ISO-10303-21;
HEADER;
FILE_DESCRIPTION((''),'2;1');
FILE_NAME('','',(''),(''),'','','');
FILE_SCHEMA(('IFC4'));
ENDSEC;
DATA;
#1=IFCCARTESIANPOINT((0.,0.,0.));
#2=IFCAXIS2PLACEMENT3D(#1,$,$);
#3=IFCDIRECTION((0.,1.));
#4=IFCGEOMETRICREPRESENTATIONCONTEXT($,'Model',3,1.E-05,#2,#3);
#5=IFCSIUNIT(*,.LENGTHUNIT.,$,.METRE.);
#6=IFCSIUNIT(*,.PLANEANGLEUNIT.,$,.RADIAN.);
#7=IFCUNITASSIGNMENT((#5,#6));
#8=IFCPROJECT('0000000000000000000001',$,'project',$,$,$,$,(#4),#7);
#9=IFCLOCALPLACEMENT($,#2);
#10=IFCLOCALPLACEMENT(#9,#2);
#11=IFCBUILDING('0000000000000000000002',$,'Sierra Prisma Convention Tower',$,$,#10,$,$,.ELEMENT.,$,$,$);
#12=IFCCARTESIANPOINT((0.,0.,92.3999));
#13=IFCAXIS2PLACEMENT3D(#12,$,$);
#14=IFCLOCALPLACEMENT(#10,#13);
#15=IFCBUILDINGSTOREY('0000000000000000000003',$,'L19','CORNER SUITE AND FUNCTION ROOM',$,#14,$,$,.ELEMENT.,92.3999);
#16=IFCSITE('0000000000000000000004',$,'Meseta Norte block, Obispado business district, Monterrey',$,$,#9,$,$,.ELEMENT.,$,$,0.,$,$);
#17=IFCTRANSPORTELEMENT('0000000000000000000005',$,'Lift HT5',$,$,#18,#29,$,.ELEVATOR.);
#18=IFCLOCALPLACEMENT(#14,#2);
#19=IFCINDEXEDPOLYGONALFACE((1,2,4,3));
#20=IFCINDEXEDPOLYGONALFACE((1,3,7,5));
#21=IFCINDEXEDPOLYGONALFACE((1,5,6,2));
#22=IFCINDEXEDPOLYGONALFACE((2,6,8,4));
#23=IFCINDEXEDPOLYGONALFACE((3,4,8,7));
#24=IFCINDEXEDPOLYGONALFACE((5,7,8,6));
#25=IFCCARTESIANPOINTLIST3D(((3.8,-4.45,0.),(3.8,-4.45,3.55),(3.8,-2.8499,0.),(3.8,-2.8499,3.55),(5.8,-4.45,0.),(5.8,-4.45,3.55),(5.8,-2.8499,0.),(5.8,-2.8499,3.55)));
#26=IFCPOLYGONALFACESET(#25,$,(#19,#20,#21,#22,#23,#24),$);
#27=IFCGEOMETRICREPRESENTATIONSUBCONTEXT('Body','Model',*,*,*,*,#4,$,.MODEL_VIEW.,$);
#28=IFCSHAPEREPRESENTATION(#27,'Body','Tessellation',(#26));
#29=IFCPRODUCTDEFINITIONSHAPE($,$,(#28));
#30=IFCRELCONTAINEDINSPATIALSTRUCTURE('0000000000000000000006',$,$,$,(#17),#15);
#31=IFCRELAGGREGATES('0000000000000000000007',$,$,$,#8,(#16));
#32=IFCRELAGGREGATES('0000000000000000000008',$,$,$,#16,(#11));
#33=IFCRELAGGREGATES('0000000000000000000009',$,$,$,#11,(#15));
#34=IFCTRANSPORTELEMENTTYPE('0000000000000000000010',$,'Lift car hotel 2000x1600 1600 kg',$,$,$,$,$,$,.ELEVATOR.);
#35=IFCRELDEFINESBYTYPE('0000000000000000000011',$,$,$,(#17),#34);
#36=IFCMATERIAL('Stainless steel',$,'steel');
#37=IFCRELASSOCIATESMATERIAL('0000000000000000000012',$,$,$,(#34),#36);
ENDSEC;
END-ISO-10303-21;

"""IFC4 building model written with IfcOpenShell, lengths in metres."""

from ifc_helpers import new_model, si_unit, direction, frame, origin, origin_2d, place, context, subcontext, project, spatial, rectangle, extrude, material, type_object, element, save


model = new_model("IFC4")

# Units and contexts
model_context = context("Model", 3, precision=1e-05, world=origin(), true_north=direction((0.0, 1.0)))
body_context = subcontext(model_context, "Body", "Model", "MODEL_VIEW")
ifc_project = project(units=[si_unit("LENGTHUNIT", "METRE"), si_unit("PLANEANGLEUNIT", "RADIAN")], contexts=[model_context])

# Site, building, storey
site_placement = place(None, origin())
site = spatial("IfcSite", under=ifc_project, at=site_placement, Name="Meseta Norte block, Obispado business district, Monterrey", CompositionType="ELEMENT", RefElevation=0.0)
building_placement = place(site_placement, origin())
building = spatial("IfcBuilding", under=site, at=building_placement, Name="Sierra Prisma Convention Tower", CompositionType="ELEMENT")
storey_placement = place(building_placement, frame((0.0, 0.0, 92.3999)))
storey = spatial("IfcBuildingStorey", under=building, at=storey_placement, Name="L19", Description="CORNER SUITE AND FUNCTION ROOM", CompositionType="ELEMENT", Elevation=92.3999)

# Transport element
ifc_material_1 = material(Name="Stainless steel", Category="steel")
transport_element_type = type_object("IfcTransportElementType", Name="Lift car hotel 2000x1600 1600 kg", PredefinedType="ELEVATOR", material=ifc_material_1)
for number, where, z_axis, x_axis, name in (
    (1, (4.8, -3.6499, 0.0), (0.0, 0.0, 1.0), (1.0, 0.0, 0.0), "Lift HT5"),
):
    element("IfcTransportElement", number, at=place(storey_placement, frame(where, z_axis=z_axis, x_axis=x_axis)), inside=storey, type_object=transport_element_type, Name=name, PredefinedType="ELEVATOR", context=body_context, shape_type="SweptSolid", body=[
        extrude(rectangle(XDim=2.0, YDim=1.6001, at=origin_2d()), origin(), (0.0, 0.0, 1.0), 3.55),
    ])

save(model, "model.ifc")
